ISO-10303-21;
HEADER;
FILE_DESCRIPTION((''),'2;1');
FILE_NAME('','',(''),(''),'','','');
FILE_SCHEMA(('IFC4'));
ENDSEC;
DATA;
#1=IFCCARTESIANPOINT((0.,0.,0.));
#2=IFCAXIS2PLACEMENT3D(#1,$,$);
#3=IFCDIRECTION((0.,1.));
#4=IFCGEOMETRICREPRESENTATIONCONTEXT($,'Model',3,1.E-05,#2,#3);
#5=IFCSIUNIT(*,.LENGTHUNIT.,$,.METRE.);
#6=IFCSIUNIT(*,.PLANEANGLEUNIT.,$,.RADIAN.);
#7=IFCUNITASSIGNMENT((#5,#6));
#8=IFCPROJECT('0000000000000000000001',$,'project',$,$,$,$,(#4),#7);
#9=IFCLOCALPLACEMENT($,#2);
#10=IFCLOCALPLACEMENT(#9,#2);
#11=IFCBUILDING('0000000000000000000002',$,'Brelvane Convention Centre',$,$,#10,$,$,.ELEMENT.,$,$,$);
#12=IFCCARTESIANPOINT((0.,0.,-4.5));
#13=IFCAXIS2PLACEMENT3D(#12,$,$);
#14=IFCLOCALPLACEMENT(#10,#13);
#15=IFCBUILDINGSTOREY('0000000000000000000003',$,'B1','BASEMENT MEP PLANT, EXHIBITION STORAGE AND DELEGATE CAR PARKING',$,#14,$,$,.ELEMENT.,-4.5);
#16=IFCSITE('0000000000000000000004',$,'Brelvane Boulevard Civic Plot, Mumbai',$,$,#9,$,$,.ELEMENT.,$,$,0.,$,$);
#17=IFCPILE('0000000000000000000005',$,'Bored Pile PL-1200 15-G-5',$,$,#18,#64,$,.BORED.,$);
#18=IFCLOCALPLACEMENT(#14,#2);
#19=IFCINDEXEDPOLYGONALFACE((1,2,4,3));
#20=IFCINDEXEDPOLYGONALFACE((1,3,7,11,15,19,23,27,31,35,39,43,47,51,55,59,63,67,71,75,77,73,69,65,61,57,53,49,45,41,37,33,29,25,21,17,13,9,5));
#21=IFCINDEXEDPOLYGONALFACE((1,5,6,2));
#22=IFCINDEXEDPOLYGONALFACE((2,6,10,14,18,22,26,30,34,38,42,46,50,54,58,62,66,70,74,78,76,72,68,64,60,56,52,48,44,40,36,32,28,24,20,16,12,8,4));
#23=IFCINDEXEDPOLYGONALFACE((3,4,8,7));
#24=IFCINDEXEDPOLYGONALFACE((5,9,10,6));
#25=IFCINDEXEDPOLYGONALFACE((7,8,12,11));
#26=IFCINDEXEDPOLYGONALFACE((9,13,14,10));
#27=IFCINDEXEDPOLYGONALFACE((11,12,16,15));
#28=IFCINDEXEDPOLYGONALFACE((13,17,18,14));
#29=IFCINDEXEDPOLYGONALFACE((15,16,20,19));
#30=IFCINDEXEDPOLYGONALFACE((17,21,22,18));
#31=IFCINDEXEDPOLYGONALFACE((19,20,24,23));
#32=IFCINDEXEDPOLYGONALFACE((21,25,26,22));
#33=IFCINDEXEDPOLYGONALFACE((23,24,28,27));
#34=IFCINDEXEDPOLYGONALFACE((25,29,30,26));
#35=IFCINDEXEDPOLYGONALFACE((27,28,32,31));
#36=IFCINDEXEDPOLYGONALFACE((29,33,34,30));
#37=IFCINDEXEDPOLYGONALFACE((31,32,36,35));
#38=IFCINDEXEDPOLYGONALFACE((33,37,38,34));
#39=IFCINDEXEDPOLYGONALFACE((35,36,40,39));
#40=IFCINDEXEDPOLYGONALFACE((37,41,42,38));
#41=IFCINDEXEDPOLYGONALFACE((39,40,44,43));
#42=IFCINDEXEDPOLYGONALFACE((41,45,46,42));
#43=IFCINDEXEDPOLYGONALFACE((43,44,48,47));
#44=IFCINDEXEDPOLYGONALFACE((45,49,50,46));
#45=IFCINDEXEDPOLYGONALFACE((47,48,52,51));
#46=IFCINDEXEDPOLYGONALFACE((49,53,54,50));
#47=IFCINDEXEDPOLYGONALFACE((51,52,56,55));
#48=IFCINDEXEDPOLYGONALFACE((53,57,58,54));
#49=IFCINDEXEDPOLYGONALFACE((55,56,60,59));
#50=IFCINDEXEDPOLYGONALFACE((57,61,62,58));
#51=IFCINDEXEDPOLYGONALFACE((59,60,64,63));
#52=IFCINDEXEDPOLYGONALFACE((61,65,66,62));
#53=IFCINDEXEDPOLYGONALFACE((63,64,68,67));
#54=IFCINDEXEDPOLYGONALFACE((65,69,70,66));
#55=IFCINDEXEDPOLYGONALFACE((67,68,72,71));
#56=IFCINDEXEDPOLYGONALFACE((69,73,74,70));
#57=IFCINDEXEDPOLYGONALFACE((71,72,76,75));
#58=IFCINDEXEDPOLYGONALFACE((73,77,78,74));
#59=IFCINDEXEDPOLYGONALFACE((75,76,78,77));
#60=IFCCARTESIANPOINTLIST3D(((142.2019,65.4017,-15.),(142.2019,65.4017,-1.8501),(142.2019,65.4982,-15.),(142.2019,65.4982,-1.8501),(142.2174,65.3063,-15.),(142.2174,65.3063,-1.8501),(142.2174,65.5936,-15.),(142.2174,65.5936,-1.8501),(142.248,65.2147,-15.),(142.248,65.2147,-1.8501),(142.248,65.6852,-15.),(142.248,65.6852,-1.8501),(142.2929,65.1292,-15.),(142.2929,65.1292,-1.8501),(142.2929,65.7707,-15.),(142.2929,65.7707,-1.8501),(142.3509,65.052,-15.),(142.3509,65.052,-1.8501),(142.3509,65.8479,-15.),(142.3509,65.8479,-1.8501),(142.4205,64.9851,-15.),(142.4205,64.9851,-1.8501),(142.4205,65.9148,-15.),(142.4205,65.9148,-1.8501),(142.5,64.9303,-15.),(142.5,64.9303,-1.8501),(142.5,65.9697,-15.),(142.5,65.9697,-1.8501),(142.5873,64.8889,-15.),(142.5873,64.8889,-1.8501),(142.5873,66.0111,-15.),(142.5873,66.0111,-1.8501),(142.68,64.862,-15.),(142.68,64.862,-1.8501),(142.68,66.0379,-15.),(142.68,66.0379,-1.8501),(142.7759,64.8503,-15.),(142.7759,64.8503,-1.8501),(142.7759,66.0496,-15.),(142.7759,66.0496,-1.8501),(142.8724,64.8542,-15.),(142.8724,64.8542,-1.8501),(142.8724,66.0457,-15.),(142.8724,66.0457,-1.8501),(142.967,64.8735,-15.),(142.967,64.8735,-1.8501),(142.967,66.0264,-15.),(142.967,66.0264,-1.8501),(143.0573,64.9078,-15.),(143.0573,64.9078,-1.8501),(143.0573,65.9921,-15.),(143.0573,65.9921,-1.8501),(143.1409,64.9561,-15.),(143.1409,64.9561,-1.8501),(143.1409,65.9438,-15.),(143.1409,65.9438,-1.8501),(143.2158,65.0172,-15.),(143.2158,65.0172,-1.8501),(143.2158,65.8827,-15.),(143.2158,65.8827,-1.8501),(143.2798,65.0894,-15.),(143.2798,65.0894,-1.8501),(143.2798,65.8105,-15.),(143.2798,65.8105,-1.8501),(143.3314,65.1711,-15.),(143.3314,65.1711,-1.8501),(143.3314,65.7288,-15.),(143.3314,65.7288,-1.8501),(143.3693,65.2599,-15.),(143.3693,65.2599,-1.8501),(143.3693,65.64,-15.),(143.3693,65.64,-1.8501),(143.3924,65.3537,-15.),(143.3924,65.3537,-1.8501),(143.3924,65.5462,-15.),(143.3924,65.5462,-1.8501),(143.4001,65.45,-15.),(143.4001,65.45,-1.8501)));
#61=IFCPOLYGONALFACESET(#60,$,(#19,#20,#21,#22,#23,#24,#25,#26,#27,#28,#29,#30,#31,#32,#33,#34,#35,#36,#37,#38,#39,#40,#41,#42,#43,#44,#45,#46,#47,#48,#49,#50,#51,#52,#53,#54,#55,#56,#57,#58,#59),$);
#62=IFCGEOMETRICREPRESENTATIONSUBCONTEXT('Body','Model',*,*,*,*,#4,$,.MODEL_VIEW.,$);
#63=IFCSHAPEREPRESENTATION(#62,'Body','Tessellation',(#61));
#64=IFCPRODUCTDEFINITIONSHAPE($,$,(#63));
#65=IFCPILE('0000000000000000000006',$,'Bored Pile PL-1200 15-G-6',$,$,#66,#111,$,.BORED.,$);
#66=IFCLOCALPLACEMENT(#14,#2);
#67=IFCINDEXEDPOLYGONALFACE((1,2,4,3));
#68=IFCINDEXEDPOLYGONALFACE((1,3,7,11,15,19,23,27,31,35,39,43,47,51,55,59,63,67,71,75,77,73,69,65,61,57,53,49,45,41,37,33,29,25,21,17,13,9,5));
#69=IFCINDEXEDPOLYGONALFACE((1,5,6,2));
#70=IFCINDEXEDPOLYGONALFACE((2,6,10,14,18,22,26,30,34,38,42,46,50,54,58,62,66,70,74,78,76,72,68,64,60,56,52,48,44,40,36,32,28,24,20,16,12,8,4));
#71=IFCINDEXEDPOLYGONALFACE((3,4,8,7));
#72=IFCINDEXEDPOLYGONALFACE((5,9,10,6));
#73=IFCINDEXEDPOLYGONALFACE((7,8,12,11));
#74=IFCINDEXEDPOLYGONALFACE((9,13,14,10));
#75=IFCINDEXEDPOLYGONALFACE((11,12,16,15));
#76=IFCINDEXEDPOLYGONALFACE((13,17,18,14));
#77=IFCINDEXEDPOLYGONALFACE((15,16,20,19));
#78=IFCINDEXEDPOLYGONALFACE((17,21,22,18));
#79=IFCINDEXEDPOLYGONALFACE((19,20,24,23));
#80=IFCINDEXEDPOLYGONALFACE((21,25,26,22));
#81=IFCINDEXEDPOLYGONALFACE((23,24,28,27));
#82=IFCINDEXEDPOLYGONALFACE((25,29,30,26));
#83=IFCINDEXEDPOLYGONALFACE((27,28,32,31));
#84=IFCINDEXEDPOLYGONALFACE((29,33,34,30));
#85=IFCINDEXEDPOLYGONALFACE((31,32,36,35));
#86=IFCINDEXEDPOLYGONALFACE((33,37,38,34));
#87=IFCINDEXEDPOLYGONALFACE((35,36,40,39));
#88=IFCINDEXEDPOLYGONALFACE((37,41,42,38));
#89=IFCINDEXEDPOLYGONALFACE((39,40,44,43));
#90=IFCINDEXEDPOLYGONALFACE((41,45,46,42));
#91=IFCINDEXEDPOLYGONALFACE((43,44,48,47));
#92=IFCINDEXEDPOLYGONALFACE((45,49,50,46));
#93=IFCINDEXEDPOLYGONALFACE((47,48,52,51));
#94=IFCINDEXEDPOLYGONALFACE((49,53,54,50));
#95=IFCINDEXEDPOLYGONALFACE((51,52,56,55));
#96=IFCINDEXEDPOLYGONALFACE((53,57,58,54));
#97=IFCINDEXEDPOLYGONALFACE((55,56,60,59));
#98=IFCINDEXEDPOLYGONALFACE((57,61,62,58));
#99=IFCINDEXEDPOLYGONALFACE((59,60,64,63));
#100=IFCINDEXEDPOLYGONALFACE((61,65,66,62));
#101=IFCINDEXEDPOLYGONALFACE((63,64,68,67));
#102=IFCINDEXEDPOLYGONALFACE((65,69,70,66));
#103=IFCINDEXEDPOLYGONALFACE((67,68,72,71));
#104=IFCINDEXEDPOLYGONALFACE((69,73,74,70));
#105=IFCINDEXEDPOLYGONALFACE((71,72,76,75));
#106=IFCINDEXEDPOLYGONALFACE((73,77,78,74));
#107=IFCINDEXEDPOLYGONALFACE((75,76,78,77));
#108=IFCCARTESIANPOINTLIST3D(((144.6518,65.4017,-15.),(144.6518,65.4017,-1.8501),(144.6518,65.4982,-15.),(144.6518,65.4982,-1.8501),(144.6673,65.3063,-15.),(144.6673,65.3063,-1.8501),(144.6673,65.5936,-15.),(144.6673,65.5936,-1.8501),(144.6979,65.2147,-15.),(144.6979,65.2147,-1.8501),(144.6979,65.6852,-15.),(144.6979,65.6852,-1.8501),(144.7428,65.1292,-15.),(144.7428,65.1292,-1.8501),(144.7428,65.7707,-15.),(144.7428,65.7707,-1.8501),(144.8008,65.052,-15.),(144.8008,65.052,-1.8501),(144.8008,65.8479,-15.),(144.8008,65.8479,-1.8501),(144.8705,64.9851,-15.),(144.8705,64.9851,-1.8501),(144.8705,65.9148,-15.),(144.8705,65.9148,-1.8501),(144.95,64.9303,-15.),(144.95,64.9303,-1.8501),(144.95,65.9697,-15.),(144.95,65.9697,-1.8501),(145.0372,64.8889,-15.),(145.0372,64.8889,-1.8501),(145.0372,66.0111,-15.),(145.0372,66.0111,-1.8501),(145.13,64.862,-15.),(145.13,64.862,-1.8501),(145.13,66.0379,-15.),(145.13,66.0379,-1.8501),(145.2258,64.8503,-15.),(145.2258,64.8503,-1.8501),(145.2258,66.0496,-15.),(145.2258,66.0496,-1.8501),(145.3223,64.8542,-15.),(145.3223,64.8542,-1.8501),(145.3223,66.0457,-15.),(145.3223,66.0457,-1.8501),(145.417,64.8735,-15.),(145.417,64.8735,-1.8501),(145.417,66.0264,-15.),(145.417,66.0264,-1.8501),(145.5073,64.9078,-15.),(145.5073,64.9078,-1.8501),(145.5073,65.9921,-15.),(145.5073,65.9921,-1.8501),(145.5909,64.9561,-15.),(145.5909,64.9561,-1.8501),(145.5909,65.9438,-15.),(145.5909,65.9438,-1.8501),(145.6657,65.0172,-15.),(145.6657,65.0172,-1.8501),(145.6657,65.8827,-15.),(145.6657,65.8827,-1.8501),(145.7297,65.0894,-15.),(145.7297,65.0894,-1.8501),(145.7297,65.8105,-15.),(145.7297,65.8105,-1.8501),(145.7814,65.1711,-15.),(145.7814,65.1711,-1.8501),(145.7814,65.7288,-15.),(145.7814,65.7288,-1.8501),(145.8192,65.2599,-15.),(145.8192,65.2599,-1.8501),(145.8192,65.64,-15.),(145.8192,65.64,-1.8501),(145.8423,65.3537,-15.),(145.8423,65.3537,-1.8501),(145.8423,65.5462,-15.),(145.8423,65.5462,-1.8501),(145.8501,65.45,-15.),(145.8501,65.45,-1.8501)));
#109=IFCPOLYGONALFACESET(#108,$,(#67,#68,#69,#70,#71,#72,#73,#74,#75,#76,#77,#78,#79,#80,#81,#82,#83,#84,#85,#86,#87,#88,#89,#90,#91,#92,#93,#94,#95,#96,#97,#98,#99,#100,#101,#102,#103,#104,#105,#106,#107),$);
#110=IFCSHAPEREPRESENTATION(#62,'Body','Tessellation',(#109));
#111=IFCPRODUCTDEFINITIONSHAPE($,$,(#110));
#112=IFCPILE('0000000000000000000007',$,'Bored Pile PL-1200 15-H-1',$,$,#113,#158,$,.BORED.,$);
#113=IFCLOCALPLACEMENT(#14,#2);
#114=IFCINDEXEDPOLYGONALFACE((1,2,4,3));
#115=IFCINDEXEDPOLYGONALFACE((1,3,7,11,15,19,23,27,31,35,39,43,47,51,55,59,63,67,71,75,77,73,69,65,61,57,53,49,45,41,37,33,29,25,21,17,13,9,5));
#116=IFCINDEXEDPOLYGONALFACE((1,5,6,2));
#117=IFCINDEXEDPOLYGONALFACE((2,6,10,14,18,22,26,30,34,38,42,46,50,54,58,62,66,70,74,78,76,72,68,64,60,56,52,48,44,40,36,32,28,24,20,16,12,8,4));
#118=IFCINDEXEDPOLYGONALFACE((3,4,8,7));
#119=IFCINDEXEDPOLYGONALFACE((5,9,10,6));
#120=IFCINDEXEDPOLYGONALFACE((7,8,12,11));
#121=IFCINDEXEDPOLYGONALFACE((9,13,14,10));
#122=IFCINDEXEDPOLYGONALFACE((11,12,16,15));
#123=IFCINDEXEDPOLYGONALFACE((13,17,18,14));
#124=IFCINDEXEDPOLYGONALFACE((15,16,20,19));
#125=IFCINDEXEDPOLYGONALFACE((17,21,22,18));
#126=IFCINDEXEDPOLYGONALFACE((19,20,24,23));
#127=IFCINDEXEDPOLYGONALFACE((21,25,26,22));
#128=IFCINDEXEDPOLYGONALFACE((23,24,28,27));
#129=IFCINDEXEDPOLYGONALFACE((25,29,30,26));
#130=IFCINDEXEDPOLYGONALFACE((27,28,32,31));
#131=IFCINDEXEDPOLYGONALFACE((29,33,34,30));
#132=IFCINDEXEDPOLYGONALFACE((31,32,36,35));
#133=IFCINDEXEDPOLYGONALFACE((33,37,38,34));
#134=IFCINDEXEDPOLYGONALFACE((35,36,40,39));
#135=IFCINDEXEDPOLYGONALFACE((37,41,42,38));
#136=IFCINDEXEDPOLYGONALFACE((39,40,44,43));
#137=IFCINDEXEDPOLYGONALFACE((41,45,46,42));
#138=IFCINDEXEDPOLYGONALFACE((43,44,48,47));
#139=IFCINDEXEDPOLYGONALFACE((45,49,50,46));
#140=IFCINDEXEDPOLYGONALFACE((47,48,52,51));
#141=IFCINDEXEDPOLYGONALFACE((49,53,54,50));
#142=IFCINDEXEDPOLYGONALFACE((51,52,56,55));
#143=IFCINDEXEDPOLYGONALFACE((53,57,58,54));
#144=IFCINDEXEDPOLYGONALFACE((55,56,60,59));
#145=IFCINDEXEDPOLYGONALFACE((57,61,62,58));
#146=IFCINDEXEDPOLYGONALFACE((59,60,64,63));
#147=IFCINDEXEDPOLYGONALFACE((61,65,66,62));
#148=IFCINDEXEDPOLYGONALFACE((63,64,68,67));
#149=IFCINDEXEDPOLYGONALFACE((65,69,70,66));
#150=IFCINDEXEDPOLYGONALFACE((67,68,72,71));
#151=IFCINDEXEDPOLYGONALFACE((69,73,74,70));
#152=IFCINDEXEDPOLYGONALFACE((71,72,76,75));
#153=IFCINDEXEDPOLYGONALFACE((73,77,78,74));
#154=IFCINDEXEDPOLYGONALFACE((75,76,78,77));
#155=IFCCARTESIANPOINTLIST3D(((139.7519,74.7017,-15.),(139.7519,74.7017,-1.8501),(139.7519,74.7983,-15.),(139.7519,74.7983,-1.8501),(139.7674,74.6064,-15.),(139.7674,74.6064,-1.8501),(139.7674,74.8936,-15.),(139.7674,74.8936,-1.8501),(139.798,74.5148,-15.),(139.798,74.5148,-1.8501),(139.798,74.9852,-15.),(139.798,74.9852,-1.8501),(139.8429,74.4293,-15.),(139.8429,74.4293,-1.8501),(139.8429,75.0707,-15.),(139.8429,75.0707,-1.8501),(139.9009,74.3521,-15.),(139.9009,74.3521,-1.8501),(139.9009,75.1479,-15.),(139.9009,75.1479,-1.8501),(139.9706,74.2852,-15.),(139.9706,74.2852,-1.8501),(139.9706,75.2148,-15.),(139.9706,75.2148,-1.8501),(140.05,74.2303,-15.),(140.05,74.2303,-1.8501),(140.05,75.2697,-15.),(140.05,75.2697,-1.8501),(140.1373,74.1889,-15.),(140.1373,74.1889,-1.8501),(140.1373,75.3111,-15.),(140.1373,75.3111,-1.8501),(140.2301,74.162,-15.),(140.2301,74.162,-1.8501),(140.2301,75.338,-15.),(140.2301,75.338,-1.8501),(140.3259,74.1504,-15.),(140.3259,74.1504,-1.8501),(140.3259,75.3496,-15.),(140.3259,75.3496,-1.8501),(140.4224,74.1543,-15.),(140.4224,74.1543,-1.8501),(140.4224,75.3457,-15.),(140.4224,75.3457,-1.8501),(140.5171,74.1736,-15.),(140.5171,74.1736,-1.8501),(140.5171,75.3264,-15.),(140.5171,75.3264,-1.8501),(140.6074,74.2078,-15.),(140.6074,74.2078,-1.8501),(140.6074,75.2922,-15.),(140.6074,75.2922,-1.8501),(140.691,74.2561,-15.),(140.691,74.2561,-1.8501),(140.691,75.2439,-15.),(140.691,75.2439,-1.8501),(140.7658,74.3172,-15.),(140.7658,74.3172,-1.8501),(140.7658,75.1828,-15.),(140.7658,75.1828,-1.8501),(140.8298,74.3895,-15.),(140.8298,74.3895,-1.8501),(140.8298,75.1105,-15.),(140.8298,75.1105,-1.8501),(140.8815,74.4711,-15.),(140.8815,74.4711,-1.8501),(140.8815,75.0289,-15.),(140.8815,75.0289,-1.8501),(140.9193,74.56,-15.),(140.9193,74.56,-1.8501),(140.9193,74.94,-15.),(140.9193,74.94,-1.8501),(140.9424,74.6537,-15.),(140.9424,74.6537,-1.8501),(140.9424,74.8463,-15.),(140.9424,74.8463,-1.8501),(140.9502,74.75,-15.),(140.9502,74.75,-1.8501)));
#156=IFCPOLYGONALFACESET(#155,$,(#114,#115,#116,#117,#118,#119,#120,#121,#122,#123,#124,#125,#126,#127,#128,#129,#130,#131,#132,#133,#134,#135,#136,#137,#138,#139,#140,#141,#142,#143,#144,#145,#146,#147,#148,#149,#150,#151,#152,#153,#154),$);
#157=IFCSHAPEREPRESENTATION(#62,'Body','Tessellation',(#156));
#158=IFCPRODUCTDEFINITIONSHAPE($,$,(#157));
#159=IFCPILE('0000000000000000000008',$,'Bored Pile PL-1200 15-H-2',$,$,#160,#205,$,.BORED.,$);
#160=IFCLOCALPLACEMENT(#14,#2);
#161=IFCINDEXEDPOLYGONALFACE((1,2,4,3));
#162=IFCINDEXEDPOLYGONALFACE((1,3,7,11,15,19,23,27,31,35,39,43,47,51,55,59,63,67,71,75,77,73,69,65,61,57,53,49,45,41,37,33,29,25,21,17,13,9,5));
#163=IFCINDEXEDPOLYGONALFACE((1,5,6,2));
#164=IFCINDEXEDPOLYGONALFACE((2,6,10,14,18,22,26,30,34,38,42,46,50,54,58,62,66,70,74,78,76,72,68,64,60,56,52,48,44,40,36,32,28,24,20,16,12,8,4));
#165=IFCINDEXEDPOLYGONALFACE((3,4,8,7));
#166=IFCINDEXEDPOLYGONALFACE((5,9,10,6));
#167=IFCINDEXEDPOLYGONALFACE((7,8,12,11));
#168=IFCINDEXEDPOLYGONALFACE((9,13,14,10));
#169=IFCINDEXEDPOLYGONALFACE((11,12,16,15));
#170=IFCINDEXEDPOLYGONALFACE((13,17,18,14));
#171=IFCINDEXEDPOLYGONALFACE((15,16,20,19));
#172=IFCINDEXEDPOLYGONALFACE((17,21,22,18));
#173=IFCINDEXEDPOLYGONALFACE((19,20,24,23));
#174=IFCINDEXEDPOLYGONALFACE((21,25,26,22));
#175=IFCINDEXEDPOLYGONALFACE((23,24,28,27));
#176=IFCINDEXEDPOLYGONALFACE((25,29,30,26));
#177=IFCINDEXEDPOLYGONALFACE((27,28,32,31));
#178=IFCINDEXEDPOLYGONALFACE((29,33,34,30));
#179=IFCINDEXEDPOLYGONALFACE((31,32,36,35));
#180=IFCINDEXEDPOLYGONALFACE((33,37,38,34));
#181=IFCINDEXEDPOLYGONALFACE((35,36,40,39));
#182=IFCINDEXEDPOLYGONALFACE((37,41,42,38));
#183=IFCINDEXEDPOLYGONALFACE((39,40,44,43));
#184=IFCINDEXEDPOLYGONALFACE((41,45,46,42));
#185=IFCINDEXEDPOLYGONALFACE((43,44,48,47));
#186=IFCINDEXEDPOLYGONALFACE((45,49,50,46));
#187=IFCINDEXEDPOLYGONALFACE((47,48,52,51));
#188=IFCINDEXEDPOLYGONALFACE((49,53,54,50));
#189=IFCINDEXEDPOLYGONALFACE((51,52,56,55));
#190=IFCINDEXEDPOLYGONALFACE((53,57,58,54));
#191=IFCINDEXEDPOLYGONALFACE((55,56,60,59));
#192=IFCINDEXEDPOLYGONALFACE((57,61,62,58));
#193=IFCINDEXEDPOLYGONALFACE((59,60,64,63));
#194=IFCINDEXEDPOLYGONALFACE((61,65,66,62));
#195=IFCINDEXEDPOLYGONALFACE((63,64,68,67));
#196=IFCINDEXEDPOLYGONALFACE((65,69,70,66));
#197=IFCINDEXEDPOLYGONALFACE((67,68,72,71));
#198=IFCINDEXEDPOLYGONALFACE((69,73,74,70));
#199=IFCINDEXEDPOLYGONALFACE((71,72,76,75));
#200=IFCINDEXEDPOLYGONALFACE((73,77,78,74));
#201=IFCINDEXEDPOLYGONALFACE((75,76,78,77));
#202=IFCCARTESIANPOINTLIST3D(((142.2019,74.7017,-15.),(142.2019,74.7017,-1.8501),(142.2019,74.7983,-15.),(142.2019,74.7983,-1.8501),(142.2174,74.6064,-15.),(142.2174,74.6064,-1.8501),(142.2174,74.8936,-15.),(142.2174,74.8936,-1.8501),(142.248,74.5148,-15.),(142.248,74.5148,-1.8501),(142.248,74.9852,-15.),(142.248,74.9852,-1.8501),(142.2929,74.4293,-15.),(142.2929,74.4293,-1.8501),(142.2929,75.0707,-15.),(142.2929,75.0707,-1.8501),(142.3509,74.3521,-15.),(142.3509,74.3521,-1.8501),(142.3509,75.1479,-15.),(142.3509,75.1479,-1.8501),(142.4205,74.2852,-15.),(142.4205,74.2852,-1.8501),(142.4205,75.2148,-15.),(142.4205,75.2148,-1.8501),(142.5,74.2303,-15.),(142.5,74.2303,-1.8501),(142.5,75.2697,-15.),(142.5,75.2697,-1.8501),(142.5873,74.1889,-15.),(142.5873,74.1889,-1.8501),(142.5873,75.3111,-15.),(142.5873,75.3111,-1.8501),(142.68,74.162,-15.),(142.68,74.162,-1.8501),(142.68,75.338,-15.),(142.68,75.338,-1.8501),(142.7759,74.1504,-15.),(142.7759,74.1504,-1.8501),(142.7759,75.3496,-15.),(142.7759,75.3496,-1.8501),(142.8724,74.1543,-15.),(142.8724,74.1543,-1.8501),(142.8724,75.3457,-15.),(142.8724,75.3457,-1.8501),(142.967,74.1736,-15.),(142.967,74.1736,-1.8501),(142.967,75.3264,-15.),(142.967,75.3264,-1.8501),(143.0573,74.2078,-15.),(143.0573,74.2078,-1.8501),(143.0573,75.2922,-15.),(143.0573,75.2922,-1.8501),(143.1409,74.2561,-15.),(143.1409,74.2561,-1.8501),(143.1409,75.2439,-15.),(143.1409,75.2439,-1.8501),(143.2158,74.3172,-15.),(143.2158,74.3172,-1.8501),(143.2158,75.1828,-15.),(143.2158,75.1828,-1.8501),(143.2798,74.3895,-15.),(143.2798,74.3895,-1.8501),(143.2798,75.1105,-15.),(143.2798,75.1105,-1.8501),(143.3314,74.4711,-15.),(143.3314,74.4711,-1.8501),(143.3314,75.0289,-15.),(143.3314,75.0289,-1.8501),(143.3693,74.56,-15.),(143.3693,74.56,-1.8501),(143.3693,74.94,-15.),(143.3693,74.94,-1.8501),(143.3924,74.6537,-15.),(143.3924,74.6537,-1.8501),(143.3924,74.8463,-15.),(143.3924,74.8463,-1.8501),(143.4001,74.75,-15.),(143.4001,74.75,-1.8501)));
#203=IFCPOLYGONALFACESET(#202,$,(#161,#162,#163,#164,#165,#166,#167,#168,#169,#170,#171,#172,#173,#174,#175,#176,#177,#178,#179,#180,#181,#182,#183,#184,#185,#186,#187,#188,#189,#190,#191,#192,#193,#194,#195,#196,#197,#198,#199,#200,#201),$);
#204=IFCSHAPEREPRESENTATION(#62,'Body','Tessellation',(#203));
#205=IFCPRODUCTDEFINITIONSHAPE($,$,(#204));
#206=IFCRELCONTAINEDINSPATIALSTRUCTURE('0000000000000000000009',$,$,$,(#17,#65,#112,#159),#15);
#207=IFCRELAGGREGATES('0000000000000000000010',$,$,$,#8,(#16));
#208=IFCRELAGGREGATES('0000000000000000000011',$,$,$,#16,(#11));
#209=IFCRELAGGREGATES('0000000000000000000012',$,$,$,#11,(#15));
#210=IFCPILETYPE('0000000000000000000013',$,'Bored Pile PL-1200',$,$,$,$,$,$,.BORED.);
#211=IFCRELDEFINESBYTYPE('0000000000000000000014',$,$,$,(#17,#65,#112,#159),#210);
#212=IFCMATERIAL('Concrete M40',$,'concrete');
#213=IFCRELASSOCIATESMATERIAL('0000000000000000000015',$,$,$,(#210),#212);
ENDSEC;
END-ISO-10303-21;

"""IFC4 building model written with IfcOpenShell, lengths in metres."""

from ifc_helpers import new_model, si_unit, direction, frame, origin, origin_2d, place, context, subcontext, project, spatial, circle, extrude, material, material_profile, profile_set, type_object, element, save


model = new_model("IFC4")

# Units and contexts
model_context = context("Model", 3, precision=1e-05, world=origin(), true_north=direction((0.0, 1.0)))
body_context = subcontext(model_context, "Body", "Model", "MODEL_VIEW")
ifc_project = project(units=[si_unit("LENGTHUNIT", "METRE"), si_unit("PLANEANGLEUNIT", "RADIAN")], contexts=[model_context])

# Site, building, storey
site_placement = place(None, origin())
site = spatial("IfcSite", under=ifc_project, at=site_placement, Name="Brelvane Boulevard Civic Plot, Mumbai", CompositionType="ELEMENT", RefElevation=0.0)
building_placement = place(site_placement, origin())
building = spatial("IfcBuilding", under=site, at=building_placement, Name="Brelvane Convention Centre", CompositionType="ELEMENT")
storey_placement = place(building_placement, frame((0.0, 0.0, -4.5)))
storey = spatial("IfcBuildingStorey", under=building, at=storey_placement, Name="B1", Description="BASEMENT MEP PLANT, EXHIBITION STORAGE AND DELEGATE CAR PARKING", CompositionType="ELEMENT", Elevation=-4.5)

# Piles
ifc_material_1 = material(Name="Concrete M40", Category="concrete")
ifc_material_profile_1 = material_profile(ifc_material_1, circle(Radius=0.6001, at=origin_2d()), Name="PILE D1200")
ifc_profile_set_1 = profile_set([ifc_material_profile_1], Name="Concrete M40")
pile_type = type_object("IfcPileType", Name="Bored Pile PL-1200", PredefinedType="BORED", material=ifc_profile_set_1)
for number, where, z_axis, x_axis, name in (
    (1, (142.8, 65.45, -1.8501), (0.0, 0.0, -1.0), (1.0, 0.0, 0.0), "Bored Pile PL-1200 15-G-5"),
    (2, (145.25, 65.45, -1.8501), (0.0, 0.0, -1.0), (1.0, 0.0, 0.0), "Bored Pile PL-1200 15-G-6"),
    (3, (140.3501, 74.75, -1.8501), (0.0, 0.0, -1.0), (1.0, 0.0, 0.0), "Bored Pile PL-1200 15-H-1"),
    (4, (142.8, 74.75, -1.8501), (0.0, 0.0, -1.0), (1.0, 0.0, 0.0), "Bored Pile PL-1200 15-H-2"),
):
    element("IfcPile", number, at=place(storey_placement, frame(where, z_axis=z_axis, x_axis=x_axis)), inside=storey, type_object=pile_type, Name=name, PredefinedType="BORED", context=body_context, shape_type="SweptSolid", body=[
        extrude(circle(Radius=0.6001, at=origin_2d()), origin(), (0.0, 0.0, 1.0), 13.1499),
    ])

save(model, "model.ifc")
